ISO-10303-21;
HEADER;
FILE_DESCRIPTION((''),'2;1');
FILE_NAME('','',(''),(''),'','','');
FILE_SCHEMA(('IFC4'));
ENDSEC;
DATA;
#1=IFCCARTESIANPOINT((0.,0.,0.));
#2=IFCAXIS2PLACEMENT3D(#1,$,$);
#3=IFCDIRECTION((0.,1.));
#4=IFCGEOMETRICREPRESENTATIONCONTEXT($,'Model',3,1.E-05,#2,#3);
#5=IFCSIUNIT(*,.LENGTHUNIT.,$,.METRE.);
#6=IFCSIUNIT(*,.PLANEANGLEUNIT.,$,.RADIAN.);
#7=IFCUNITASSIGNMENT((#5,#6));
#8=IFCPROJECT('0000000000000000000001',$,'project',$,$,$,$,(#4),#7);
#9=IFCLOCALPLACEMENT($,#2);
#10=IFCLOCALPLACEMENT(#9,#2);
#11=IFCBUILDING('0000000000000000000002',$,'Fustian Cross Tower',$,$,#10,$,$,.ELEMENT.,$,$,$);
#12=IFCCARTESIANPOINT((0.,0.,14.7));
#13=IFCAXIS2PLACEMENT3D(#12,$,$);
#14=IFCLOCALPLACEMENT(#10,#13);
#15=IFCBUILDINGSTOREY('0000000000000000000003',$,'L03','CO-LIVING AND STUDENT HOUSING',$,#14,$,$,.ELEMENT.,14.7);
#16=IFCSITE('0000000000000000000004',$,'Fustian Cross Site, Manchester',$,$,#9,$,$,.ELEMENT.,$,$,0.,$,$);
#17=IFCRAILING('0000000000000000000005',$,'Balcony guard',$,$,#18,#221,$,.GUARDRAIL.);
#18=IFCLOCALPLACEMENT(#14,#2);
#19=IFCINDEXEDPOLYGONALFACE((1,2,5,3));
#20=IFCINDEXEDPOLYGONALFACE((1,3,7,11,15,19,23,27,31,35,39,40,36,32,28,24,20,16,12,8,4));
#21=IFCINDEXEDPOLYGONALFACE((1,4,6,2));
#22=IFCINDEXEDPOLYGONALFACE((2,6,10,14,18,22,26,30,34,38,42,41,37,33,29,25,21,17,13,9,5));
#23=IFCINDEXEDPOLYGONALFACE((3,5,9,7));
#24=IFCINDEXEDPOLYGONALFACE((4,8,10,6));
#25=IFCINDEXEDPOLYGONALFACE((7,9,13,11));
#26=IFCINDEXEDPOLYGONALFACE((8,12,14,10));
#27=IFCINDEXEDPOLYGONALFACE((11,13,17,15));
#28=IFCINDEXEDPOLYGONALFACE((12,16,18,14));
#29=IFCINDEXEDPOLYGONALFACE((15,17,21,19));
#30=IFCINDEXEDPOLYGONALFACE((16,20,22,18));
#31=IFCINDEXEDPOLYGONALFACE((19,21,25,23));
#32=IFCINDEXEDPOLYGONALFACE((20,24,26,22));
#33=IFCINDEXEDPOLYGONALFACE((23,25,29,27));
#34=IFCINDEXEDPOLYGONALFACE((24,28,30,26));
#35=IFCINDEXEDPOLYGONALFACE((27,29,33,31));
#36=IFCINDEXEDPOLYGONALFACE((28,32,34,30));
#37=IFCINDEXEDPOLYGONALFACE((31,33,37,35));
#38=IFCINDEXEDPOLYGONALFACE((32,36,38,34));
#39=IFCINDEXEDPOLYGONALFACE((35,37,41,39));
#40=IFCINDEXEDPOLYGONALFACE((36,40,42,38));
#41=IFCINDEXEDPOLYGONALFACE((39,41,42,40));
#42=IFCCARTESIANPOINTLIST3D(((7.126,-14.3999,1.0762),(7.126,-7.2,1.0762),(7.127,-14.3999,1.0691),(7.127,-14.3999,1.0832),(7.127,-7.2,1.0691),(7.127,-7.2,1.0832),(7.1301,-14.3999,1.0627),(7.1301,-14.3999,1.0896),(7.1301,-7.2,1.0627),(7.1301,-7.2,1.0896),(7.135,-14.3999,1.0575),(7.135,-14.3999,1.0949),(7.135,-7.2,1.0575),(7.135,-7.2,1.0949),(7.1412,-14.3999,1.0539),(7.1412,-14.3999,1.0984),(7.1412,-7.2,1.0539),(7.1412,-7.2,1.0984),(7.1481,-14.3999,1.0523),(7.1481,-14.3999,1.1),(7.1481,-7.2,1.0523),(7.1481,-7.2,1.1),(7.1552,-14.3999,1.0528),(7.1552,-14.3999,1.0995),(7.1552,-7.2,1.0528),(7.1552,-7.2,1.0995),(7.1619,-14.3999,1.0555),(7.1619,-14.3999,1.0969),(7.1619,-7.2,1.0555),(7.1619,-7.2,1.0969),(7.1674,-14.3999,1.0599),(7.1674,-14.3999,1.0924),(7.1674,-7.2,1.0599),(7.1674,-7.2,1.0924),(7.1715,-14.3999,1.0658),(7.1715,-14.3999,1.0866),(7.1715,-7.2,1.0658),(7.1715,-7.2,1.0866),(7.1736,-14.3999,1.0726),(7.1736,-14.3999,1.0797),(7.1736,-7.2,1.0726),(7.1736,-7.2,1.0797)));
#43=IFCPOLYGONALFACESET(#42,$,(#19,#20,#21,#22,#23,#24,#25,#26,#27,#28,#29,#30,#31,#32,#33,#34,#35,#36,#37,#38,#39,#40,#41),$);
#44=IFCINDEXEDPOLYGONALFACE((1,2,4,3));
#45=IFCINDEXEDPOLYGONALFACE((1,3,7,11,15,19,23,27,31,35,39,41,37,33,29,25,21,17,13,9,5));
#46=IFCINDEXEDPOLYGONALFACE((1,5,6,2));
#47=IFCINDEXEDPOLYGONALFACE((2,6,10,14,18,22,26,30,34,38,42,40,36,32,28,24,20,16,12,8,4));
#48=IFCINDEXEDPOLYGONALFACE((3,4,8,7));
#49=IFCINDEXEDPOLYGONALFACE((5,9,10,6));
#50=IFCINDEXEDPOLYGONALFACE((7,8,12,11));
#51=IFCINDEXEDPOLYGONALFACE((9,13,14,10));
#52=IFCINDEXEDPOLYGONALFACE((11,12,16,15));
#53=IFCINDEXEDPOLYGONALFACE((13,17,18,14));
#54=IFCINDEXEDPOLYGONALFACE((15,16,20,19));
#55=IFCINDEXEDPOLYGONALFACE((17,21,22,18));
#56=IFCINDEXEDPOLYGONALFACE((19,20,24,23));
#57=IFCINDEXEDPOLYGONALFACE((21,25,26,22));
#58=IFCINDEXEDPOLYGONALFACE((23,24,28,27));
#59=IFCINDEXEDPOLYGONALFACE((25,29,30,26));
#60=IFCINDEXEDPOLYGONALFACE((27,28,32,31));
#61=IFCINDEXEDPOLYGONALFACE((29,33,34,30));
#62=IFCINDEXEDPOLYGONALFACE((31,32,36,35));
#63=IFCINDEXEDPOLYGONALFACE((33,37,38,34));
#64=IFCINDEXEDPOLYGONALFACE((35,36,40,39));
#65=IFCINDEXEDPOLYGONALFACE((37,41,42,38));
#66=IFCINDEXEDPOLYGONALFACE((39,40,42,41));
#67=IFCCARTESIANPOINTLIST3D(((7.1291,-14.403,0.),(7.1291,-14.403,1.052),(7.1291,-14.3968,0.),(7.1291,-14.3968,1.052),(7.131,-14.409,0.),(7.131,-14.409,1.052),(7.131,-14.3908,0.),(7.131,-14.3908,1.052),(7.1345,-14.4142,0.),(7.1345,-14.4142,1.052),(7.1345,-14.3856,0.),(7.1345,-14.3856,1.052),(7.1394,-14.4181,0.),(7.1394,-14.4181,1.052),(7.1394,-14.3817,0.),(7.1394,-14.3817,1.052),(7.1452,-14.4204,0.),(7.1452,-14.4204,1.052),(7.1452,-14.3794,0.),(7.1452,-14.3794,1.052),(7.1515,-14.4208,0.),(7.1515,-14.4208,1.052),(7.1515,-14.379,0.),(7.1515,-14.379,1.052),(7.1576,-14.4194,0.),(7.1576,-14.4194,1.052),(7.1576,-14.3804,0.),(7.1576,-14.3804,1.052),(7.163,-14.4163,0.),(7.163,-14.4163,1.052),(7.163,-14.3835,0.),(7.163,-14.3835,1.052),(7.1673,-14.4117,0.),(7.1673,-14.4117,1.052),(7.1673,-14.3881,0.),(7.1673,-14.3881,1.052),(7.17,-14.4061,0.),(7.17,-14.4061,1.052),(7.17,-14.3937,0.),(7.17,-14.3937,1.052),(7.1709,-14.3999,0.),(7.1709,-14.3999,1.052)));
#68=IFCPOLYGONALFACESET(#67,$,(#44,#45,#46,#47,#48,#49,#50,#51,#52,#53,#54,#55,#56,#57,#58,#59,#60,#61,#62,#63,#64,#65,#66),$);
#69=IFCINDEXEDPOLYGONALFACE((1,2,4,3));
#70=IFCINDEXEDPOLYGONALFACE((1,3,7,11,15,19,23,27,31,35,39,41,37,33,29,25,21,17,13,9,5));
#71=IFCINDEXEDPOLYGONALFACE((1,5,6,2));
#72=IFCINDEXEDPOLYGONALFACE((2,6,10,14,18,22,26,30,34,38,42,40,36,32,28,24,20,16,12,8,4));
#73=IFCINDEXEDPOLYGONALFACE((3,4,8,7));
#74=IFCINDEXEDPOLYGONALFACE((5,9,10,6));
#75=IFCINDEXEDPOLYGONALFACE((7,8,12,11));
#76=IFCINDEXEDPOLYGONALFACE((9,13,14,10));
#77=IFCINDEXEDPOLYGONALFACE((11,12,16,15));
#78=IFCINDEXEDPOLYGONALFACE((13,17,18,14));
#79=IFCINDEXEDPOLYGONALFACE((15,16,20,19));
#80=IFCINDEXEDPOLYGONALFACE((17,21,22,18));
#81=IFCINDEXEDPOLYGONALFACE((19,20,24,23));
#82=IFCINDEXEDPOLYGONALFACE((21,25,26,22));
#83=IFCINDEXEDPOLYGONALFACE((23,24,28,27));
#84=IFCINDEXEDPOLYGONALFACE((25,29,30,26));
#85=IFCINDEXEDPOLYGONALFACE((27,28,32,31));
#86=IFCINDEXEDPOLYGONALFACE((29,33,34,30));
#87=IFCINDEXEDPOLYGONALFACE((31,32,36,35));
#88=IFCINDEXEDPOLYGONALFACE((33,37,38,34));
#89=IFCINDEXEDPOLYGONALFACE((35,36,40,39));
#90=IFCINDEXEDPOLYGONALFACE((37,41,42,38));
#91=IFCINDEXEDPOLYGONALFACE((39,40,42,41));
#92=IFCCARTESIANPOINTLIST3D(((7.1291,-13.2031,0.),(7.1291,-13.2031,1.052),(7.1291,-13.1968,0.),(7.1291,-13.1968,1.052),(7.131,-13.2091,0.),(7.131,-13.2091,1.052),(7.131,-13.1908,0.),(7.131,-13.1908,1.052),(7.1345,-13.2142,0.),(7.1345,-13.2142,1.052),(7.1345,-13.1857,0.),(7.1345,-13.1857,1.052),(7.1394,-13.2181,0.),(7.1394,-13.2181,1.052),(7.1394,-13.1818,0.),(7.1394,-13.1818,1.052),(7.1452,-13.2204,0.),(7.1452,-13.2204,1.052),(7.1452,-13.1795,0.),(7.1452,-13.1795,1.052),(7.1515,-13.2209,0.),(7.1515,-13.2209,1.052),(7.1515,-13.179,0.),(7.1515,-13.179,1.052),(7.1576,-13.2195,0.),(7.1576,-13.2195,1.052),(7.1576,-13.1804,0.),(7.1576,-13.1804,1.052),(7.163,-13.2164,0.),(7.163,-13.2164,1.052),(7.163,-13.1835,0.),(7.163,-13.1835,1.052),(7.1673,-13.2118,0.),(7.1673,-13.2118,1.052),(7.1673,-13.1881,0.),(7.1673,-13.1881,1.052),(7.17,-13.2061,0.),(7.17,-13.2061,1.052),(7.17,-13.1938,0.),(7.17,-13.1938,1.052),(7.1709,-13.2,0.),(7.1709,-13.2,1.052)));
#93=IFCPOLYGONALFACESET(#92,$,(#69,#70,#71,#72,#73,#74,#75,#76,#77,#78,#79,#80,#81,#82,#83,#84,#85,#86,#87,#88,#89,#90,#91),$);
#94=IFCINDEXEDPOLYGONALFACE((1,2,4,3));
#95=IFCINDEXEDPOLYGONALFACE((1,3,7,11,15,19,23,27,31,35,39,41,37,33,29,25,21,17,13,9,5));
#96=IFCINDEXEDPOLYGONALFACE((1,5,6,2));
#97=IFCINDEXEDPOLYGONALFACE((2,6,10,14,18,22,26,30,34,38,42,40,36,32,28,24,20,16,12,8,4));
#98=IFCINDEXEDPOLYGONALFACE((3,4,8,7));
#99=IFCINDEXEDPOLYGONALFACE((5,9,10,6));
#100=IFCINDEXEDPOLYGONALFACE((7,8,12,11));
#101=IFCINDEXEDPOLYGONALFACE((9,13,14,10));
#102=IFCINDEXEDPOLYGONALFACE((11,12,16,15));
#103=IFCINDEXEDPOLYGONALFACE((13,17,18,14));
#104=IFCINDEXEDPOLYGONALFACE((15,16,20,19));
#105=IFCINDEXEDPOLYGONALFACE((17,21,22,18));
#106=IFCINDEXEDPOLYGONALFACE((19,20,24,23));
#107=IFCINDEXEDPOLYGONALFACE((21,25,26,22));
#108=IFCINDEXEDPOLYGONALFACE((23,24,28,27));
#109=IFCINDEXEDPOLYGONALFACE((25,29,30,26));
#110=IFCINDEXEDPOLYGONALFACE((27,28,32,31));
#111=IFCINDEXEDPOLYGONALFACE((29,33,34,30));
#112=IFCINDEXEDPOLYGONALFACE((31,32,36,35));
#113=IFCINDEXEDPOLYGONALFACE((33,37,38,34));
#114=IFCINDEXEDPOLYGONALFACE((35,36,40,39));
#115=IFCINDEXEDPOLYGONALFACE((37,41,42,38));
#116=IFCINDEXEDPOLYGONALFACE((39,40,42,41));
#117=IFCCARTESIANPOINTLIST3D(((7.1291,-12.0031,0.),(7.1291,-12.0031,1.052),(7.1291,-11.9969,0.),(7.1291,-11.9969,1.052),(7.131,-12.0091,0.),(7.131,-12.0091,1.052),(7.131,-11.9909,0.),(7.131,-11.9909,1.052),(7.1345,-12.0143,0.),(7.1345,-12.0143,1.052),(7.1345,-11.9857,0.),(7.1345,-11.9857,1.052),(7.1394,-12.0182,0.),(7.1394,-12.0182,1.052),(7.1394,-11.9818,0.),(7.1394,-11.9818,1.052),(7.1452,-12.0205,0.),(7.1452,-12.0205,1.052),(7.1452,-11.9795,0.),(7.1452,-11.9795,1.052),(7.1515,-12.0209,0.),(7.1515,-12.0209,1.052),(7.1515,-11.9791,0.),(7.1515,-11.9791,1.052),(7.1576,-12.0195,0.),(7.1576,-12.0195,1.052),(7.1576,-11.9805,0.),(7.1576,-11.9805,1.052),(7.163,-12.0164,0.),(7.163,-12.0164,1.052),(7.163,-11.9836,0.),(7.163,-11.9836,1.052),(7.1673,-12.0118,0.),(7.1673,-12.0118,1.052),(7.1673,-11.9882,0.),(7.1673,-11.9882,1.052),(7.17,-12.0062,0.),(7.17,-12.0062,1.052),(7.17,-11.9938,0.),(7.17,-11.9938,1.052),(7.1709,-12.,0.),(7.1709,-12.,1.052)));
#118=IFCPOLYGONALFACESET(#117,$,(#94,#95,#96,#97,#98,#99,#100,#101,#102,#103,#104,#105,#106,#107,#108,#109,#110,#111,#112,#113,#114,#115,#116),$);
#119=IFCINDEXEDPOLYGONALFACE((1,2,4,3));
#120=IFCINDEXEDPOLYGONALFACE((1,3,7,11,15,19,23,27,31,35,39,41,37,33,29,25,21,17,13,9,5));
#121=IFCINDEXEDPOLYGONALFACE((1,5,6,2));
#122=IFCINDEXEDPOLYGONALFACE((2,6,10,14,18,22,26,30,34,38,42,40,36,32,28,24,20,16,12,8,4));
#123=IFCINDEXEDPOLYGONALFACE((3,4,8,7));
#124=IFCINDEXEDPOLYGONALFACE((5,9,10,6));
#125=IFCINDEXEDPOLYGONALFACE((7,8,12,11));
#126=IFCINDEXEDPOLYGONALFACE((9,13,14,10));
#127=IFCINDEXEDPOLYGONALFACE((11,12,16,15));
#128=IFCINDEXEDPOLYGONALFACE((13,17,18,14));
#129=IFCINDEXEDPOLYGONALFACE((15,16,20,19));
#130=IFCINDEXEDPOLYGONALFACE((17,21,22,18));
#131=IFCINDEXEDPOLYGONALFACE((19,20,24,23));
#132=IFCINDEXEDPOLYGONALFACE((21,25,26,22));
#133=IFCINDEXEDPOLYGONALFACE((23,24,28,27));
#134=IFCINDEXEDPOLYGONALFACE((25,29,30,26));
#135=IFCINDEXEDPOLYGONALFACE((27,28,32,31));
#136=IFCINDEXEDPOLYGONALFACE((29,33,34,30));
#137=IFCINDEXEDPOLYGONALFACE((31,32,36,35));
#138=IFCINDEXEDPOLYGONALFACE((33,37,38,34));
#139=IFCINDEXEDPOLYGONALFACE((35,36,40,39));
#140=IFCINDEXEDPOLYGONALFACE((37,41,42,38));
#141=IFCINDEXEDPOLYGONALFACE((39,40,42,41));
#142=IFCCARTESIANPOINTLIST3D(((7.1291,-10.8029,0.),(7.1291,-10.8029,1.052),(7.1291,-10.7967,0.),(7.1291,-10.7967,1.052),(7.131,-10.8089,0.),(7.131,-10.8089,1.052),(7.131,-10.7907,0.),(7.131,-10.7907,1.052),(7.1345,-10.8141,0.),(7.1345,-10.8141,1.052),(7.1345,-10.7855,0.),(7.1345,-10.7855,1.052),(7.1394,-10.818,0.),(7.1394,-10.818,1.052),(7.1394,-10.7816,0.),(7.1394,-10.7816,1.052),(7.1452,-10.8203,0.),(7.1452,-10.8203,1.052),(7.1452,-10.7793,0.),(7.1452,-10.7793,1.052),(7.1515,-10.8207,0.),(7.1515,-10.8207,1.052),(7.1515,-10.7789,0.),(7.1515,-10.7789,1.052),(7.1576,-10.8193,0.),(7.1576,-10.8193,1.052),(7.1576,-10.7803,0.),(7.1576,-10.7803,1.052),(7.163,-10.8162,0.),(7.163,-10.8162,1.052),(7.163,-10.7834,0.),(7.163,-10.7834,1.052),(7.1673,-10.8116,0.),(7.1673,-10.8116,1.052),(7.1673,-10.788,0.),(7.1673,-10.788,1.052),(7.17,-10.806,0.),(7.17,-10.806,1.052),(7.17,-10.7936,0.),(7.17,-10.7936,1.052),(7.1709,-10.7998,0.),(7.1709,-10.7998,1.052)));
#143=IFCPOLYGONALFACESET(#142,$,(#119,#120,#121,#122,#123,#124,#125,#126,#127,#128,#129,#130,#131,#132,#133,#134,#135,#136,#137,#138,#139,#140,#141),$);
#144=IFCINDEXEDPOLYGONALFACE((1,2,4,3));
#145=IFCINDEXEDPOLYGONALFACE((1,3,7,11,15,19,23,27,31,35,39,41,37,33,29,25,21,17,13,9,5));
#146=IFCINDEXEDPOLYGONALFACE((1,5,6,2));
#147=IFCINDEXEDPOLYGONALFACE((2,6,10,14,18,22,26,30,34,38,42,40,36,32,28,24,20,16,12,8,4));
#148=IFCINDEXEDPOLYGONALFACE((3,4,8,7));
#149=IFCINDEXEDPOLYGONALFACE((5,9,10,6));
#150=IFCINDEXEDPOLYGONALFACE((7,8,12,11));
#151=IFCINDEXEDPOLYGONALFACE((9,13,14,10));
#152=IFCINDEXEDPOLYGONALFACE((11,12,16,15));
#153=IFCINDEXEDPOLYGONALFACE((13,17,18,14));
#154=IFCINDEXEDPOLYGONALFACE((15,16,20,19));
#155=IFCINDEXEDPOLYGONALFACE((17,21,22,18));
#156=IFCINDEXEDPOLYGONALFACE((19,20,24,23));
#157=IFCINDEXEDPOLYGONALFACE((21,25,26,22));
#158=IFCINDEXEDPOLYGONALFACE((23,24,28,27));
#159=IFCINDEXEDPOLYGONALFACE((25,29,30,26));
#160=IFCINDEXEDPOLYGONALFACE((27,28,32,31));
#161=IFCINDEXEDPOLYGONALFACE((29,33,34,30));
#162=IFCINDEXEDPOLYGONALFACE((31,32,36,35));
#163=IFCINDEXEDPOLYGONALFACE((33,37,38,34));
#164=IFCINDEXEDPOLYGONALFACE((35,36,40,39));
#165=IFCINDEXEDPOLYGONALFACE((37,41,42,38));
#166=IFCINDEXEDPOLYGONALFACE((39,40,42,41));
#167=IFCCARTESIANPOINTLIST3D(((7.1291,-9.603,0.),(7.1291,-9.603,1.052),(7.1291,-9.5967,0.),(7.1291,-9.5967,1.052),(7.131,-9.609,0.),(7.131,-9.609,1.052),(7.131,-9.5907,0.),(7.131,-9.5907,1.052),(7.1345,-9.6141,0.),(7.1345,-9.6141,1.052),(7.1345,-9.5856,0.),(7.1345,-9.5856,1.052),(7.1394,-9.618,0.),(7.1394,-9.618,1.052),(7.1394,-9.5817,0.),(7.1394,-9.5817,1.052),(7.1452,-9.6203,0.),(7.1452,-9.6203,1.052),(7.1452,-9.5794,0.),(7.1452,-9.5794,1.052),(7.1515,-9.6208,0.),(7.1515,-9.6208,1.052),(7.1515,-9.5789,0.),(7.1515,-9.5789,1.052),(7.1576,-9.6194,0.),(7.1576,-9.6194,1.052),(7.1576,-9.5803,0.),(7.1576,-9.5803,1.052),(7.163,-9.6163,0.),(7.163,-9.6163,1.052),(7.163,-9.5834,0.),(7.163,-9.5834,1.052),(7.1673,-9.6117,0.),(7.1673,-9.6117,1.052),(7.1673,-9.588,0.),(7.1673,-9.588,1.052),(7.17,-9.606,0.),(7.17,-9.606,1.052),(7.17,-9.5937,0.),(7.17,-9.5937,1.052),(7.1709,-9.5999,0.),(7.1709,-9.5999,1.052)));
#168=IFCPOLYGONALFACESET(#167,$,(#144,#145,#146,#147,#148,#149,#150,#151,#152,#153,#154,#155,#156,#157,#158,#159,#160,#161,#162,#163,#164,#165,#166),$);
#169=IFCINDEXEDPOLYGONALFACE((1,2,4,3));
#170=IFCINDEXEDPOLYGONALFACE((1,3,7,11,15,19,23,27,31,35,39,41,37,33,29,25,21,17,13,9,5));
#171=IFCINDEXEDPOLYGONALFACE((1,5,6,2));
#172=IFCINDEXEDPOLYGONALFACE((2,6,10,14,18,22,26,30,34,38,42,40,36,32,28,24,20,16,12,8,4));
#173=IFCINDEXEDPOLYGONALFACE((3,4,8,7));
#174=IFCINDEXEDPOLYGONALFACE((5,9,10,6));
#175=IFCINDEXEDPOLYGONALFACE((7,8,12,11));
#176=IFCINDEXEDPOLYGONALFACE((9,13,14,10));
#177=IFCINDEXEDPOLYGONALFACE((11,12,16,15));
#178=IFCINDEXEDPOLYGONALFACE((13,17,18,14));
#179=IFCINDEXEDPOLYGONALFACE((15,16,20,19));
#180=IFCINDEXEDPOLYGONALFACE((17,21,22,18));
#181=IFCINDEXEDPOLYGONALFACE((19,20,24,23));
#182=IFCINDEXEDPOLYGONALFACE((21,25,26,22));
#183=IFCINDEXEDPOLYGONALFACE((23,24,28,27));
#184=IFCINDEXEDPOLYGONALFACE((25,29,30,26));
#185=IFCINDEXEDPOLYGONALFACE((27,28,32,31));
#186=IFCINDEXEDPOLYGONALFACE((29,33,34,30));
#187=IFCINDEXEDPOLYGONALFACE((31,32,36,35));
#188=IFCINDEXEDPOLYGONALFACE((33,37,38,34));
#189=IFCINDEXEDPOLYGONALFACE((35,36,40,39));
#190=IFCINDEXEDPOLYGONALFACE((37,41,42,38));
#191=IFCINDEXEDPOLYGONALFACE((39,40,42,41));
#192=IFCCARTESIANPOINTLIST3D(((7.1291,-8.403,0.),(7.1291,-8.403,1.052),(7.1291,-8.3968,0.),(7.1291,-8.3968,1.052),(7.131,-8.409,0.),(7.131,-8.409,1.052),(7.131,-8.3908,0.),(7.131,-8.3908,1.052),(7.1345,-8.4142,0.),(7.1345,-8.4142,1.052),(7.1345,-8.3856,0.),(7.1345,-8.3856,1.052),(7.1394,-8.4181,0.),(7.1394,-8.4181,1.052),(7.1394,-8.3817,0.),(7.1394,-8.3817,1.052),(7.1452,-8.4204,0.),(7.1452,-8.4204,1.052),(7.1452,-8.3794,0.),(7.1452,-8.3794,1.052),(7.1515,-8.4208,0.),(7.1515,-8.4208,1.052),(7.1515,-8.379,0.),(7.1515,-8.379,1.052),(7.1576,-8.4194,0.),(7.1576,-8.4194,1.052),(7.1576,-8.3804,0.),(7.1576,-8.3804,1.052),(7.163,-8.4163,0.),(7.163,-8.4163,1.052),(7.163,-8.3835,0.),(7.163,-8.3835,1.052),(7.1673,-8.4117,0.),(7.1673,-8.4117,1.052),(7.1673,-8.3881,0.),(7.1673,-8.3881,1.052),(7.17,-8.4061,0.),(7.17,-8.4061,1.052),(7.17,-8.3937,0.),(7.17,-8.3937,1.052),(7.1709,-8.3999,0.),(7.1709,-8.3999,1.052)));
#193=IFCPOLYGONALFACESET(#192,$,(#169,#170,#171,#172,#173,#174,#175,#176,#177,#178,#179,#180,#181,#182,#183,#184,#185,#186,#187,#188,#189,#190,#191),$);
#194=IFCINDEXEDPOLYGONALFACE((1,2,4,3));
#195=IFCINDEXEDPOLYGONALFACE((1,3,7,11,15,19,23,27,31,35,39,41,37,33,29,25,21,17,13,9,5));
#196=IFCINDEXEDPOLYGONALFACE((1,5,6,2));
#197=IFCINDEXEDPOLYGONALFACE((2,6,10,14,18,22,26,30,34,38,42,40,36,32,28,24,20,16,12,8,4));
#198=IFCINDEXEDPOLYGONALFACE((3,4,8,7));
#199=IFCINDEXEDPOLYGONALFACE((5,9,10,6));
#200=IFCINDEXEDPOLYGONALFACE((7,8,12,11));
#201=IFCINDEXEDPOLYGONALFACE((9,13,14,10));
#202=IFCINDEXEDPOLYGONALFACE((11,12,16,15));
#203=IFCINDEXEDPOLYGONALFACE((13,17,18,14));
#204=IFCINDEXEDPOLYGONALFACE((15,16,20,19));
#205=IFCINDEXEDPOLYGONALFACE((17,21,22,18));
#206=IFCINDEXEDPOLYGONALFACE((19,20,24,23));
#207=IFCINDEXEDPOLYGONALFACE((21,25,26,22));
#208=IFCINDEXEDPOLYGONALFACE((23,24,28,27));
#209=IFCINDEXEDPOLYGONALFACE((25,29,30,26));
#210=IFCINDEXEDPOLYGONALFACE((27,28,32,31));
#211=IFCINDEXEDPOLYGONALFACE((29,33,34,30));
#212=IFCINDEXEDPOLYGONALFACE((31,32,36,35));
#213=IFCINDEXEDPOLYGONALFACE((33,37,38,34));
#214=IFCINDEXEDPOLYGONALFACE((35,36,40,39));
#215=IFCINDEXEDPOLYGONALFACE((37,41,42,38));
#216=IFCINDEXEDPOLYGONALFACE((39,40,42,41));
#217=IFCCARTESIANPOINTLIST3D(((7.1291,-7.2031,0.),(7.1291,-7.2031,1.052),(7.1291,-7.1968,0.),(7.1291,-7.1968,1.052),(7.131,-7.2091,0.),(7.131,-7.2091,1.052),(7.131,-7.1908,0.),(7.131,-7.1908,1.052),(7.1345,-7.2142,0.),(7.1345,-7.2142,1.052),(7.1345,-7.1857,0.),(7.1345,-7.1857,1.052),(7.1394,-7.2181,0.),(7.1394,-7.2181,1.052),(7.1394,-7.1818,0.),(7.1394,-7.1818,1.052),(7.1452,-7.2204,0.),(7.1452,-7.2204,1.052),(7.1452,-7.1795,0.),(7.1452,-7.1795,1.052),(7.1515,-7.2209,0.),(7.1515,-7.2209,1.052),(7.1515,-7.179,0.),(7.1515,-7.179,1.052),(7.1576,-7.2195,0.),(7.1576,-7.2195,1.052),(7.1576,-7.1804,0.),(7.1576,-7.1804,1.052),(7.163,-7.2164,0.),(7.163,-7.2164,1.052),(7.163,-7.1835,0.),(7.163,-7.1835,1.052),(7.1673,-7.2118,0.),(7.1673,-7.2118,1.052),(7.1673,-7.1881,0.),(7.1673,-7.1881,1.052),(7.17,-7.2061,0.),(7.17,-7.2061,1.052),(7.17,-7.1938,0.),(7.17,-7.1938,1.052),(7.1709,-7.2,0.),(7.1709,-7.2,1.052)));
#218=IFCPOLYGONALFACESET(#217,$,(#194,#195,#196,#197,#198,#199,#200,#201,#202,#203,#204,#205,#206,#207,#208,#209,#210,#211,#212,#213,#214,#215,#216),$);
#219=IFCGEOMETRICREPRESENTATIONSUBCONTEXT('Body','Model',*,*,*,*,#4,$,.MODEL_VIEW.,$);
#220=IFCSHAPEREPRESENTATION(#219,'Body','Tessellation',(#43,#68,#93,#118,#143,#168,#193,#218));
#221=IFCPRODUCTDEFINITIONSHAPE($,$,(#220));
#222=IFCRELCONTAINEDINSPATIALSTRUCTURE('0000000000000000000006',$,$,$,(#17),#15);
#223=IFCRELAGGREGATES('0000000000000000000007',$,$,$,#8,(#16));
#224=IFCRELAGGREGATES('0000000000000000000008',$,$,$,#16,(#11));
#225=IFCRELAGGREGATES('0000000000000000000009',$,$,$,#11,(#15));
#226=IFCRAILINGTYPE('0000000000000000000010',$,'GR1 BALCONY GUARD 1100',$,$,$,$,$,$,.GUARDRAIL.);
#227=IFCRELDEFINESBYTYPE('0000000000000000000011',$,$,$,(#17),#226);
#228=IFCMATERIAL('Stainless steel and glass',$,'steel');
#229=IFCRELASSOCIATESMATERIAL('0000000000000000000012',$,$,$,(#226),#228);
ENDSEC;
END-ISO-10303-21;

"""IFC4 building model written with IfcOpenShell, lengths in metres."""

from ifc_helpers import new_model, si_unit, direction, frame, origin, origin_2d, place, context, subcontext, project, spatial, circle, extrude, material, type_object, element, save


model = new_model("IFC4")

# Units and contexts
model_context = context("Model", 3, precision=1e-05, world=origin(), true_north=direction((0.0, 1.0)))
body_context = subcontext(model_context, "Body", "Model", "MODEL_VIEW")
ifc_project = project(units=[si_unit("LENGTHUNIT", "METRE"), si_unit("PLANEANGLEUNIT", "RADIAN")], contexts=[model_context])

# Site, building, storey
site_placement = place(None, origin())
site = spatial("IfcSite", under=ifc_project, at=site_placement, Name="Fustian Cross Site, Manchester", CompositionType="ELEMENT", RefElevation=0.0)
building_placement = place(site_placement, origin())
building = spatial("IfcBuilding", under=site, at=building_placement, Name="Fustian Cross Tower", CompositionType="ELEMENT")
storey_placement = place(building_placement, frame((0.0, 0.0, 14.7)))
storey = spatial("IfcBuildingStorey", under=building, at=storey_placement, Name="L03", Description="CO-LIVING AND STUDENT HOUSING", CompositionType="ELEMENT", Elevation=14.7)

# Railing
ifc_material_1 = material(Name="Stainless steel and glass", Category="steel")
railing_type = type_object("IfcRailingType", Name="GR1 BALCONY GUARD 1100", PredefinedType="GUARDRAIL", material=ifc_material_1)
railing_placement = place(storey_placement, frame((7.1499, -14.3999, 0.0)))
element("IfcRailing", 1, at=railing_placement, inside=storey, type_object=railing_type, Name="Balcony guard", PredefinedType="GUARDRAIL", context=body_context, shape_type="SweptSolid", body=[
    extrude(circle(Radius=0.0239, at=origin_2d()), frame((0.0, 0.0, 1.0762), z_axis=(0.0, 1.0, 0.0), x_axis=(-1.0, 0.0, 0.0)), (0.0, 0.0, 1.0), 7.2),
    extrude(circle(Radius=0.021, at=origin_2d()), origin(), (0.0, 0.0, 1.0), 1.052),
    extrude(circle(Radius=0.021, at=origin_2d()), frame((0.0, 1.2, 0.0)), (0.0, 0.0, 1.0), 1.052),
    extrude(circle(Radius=0.021, at=origin_2d()), frame((0.0, 2.3999, 0.0)), (0.0, 0.0, 1.0), 1.052),
    extrude(circle(Radius=0.021, at=origin_2d()), frame((0.0, 3.6001, 0.0)), (0.0, 0.0, 1.0), 1.052),
    extrude(circle(Radius=0.021, at=origin_2d()), frame((0.0, 4.8, 0.0)), (0.0, 0.0, 1.0), 1.052),
    extrude(circle(Radius=0.021, at=origin_2d()), frame((0.0, 6.0, 0.0)), (0.0, 0.0, 1.0), 1.052),
    extrude(circle(Radius=0.021, at=origin_2d()), frame((0.0, 7.2, 0.0)), (0.0, 0.0, 1.0), 1.052),
])

save(model, "model.ifc")
